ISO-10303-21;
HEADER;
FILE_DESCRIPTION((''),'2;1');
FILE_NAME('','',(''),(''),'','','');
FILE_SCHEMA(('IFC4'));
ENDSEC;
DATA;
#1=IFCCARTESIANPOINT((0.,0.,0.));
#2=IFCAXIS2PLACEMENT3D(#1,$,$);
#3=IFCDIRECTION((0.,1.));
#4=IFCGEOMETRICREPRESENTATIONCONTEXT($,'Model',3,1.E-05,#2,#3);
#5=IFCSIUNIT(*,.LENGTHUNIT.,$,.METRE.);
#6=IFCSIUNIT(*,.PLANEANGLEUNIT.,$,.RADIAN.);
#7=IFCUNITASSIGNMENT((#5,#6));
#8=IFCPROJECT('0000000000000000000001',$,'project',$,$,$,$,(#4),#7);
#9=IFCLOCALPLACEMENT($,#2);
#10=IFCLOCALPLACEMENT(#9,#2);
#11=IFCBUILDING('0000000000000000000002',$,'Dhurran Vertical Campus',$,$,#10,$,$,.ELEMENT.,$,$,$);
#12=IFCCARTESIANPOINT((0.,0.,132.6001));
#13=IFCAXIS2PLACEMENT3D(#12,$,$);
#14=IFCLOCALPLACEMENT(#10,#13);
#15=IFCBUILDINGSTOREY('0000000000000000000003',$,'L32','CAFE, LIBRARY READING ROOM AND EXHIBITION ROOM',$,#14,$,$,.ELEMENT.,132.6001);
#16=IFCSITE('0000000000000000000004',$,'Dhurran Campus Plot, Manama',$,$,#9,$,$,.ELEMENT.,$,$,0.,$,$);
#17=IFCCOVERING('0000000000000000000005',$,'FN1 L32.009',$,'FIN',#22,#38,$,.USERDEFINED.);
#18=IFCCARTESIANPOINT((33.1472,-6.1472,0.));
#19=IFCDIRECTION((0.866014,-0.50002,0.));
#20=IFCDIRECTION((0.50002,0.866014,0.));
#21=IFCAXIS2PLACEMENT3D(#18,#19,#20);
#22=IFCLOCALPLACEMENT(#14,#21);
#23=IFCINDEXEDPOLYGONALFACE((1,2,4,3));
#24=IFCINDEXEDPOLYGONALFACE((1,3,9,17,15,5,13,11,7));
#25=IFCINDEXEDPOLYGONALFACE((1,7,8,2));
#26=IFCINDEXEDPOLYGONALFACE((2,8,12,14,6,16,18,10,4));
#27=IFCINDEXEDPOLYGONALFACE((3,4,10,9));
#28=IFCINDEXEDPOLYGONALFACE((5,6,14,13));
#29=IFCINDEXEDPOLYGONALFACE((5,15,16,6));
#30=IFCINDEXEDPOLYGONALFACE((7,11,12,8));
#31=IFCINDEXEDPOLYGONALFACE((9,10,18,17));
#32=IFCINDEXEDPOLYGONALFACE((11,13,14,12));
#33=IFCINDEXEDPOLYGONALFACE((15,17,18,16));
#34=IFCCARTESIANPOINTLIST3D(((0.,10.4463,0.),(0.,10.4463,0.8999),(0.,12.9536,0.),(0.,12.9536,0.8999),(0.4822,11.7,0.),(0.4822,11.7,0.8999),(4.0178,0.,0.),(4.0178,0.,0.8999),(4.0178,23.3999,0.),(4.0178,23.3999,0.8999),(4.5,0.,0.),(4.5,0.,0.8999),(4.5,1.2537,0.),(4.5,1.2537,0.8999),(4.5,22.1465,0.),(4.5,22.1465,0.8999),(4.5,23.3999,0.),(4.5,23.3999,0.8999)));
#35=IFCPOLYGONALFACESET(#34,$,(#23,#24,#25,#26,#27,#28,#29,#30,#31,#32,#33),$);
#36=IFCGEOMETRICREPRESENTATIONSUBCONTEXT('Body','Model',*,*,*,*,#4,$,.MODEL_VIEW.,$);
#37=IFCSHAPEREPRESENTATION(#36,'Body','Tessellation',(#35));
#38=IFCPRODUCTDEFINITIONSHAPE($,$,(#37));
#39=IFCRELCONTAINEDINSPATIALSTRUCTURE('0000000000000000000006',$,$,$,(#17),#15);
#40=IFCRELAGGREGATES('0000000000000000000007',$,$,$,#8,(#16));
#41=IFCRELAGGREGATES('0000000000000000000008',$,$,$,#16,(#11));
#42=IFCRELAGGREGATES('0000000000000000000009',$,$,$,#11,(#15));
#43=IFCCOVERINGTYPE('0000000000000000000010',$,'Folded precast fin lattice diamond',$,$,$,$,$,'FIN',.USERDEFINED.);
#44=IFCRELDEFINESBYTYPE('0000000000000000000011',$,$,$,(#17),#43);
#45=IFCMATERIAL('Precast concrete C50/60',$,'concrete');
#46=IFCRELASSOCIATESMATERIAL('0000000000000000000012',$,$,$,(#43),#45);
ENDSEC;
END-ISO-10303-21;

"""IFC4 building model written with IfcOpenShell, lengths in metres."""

from ifc_helpers import new_model, si_unit, direction, frame, origin, place, context, subcontext, project, spatial, polyline, outline, extrude, material, type_object, element, save


model = new_model("IFC4")

# Units and contexts
model_context = context("Model", 3, precision=1e-05, world=origin(), true_north=direction((0.0, 1.0)))
body_context = subcontext(model_context, "Body", "Model", "MODEL_VIEW")
ifc_project = project(units=[si_unit("LENGTHUNIT", "METRE"), si_unit("PLANEANGLEUNIT", "RADIAN")], contexts=[model_context])

# Site, building, storey
site_placement = place(None, origin())
site = spatial("IfcSite", under=ifc_project, at=site_placement, Name="Dhurran Campus Plot, Manama", CompositionType="ELEMENT", RefElevation=0.0)
building_placement = place(site_placement, origin())
building = spatial("IfcBuilding", under=site, at=building_placement, Name="Dhurran Vertical Campus", CompositionType="ELEMENT")
storey_placement = place(building_placement, frame((0.0, 0.0, 132.6001)))
storey = spatial("IfcBuildingStorey", under=building, at=storey_placement, Name="L32", Description="CAFE, LIBRARY READING ROOM AND EXHIBITION ROOM", CompositionType="ELEMENT", Elevation=132.6001)

# Covering
ifc_material_1 = material(Name="Precast concrete C50/60", Category="concrete")
covering_type = type_object("IfcCoveringType", Name="Folded precast fin lattice diamond", ElementType="FIN", PredefinedType="USERDEFINED", material=ifc_material_1)
covering_1_placement = place(storey_placement, frame((33.1472, -6.1472, 0.0), z_axis=(0.866014, -0.50002, 0.0), x_axis=(0.50002, 0.866014, 0.0)))
element("IfcCovering", 1, at=covering_1_placement, inside=storey, type_object=covering_type, Name="FN1 L32.009", ObjectType="FIN", PredefinedType="USERDEFINED", context=body_context, shape_type="SweptSolid", body=[
    extrude(outline(polyline([(4.0178, 0.0), (0.0, 10.4463), (0.0, 12.9536), (4.0178, 23.3999), (4.5, 23.3999), (4.5, 22.1465), (0.4822, 11.7), (4.5, 1.2537), (4.5, 0.0), (4.0178, 0.0)])), origin(), (0.0, 0.0, 1.0), 0.8999),
])

save(model, "model.ifc")
